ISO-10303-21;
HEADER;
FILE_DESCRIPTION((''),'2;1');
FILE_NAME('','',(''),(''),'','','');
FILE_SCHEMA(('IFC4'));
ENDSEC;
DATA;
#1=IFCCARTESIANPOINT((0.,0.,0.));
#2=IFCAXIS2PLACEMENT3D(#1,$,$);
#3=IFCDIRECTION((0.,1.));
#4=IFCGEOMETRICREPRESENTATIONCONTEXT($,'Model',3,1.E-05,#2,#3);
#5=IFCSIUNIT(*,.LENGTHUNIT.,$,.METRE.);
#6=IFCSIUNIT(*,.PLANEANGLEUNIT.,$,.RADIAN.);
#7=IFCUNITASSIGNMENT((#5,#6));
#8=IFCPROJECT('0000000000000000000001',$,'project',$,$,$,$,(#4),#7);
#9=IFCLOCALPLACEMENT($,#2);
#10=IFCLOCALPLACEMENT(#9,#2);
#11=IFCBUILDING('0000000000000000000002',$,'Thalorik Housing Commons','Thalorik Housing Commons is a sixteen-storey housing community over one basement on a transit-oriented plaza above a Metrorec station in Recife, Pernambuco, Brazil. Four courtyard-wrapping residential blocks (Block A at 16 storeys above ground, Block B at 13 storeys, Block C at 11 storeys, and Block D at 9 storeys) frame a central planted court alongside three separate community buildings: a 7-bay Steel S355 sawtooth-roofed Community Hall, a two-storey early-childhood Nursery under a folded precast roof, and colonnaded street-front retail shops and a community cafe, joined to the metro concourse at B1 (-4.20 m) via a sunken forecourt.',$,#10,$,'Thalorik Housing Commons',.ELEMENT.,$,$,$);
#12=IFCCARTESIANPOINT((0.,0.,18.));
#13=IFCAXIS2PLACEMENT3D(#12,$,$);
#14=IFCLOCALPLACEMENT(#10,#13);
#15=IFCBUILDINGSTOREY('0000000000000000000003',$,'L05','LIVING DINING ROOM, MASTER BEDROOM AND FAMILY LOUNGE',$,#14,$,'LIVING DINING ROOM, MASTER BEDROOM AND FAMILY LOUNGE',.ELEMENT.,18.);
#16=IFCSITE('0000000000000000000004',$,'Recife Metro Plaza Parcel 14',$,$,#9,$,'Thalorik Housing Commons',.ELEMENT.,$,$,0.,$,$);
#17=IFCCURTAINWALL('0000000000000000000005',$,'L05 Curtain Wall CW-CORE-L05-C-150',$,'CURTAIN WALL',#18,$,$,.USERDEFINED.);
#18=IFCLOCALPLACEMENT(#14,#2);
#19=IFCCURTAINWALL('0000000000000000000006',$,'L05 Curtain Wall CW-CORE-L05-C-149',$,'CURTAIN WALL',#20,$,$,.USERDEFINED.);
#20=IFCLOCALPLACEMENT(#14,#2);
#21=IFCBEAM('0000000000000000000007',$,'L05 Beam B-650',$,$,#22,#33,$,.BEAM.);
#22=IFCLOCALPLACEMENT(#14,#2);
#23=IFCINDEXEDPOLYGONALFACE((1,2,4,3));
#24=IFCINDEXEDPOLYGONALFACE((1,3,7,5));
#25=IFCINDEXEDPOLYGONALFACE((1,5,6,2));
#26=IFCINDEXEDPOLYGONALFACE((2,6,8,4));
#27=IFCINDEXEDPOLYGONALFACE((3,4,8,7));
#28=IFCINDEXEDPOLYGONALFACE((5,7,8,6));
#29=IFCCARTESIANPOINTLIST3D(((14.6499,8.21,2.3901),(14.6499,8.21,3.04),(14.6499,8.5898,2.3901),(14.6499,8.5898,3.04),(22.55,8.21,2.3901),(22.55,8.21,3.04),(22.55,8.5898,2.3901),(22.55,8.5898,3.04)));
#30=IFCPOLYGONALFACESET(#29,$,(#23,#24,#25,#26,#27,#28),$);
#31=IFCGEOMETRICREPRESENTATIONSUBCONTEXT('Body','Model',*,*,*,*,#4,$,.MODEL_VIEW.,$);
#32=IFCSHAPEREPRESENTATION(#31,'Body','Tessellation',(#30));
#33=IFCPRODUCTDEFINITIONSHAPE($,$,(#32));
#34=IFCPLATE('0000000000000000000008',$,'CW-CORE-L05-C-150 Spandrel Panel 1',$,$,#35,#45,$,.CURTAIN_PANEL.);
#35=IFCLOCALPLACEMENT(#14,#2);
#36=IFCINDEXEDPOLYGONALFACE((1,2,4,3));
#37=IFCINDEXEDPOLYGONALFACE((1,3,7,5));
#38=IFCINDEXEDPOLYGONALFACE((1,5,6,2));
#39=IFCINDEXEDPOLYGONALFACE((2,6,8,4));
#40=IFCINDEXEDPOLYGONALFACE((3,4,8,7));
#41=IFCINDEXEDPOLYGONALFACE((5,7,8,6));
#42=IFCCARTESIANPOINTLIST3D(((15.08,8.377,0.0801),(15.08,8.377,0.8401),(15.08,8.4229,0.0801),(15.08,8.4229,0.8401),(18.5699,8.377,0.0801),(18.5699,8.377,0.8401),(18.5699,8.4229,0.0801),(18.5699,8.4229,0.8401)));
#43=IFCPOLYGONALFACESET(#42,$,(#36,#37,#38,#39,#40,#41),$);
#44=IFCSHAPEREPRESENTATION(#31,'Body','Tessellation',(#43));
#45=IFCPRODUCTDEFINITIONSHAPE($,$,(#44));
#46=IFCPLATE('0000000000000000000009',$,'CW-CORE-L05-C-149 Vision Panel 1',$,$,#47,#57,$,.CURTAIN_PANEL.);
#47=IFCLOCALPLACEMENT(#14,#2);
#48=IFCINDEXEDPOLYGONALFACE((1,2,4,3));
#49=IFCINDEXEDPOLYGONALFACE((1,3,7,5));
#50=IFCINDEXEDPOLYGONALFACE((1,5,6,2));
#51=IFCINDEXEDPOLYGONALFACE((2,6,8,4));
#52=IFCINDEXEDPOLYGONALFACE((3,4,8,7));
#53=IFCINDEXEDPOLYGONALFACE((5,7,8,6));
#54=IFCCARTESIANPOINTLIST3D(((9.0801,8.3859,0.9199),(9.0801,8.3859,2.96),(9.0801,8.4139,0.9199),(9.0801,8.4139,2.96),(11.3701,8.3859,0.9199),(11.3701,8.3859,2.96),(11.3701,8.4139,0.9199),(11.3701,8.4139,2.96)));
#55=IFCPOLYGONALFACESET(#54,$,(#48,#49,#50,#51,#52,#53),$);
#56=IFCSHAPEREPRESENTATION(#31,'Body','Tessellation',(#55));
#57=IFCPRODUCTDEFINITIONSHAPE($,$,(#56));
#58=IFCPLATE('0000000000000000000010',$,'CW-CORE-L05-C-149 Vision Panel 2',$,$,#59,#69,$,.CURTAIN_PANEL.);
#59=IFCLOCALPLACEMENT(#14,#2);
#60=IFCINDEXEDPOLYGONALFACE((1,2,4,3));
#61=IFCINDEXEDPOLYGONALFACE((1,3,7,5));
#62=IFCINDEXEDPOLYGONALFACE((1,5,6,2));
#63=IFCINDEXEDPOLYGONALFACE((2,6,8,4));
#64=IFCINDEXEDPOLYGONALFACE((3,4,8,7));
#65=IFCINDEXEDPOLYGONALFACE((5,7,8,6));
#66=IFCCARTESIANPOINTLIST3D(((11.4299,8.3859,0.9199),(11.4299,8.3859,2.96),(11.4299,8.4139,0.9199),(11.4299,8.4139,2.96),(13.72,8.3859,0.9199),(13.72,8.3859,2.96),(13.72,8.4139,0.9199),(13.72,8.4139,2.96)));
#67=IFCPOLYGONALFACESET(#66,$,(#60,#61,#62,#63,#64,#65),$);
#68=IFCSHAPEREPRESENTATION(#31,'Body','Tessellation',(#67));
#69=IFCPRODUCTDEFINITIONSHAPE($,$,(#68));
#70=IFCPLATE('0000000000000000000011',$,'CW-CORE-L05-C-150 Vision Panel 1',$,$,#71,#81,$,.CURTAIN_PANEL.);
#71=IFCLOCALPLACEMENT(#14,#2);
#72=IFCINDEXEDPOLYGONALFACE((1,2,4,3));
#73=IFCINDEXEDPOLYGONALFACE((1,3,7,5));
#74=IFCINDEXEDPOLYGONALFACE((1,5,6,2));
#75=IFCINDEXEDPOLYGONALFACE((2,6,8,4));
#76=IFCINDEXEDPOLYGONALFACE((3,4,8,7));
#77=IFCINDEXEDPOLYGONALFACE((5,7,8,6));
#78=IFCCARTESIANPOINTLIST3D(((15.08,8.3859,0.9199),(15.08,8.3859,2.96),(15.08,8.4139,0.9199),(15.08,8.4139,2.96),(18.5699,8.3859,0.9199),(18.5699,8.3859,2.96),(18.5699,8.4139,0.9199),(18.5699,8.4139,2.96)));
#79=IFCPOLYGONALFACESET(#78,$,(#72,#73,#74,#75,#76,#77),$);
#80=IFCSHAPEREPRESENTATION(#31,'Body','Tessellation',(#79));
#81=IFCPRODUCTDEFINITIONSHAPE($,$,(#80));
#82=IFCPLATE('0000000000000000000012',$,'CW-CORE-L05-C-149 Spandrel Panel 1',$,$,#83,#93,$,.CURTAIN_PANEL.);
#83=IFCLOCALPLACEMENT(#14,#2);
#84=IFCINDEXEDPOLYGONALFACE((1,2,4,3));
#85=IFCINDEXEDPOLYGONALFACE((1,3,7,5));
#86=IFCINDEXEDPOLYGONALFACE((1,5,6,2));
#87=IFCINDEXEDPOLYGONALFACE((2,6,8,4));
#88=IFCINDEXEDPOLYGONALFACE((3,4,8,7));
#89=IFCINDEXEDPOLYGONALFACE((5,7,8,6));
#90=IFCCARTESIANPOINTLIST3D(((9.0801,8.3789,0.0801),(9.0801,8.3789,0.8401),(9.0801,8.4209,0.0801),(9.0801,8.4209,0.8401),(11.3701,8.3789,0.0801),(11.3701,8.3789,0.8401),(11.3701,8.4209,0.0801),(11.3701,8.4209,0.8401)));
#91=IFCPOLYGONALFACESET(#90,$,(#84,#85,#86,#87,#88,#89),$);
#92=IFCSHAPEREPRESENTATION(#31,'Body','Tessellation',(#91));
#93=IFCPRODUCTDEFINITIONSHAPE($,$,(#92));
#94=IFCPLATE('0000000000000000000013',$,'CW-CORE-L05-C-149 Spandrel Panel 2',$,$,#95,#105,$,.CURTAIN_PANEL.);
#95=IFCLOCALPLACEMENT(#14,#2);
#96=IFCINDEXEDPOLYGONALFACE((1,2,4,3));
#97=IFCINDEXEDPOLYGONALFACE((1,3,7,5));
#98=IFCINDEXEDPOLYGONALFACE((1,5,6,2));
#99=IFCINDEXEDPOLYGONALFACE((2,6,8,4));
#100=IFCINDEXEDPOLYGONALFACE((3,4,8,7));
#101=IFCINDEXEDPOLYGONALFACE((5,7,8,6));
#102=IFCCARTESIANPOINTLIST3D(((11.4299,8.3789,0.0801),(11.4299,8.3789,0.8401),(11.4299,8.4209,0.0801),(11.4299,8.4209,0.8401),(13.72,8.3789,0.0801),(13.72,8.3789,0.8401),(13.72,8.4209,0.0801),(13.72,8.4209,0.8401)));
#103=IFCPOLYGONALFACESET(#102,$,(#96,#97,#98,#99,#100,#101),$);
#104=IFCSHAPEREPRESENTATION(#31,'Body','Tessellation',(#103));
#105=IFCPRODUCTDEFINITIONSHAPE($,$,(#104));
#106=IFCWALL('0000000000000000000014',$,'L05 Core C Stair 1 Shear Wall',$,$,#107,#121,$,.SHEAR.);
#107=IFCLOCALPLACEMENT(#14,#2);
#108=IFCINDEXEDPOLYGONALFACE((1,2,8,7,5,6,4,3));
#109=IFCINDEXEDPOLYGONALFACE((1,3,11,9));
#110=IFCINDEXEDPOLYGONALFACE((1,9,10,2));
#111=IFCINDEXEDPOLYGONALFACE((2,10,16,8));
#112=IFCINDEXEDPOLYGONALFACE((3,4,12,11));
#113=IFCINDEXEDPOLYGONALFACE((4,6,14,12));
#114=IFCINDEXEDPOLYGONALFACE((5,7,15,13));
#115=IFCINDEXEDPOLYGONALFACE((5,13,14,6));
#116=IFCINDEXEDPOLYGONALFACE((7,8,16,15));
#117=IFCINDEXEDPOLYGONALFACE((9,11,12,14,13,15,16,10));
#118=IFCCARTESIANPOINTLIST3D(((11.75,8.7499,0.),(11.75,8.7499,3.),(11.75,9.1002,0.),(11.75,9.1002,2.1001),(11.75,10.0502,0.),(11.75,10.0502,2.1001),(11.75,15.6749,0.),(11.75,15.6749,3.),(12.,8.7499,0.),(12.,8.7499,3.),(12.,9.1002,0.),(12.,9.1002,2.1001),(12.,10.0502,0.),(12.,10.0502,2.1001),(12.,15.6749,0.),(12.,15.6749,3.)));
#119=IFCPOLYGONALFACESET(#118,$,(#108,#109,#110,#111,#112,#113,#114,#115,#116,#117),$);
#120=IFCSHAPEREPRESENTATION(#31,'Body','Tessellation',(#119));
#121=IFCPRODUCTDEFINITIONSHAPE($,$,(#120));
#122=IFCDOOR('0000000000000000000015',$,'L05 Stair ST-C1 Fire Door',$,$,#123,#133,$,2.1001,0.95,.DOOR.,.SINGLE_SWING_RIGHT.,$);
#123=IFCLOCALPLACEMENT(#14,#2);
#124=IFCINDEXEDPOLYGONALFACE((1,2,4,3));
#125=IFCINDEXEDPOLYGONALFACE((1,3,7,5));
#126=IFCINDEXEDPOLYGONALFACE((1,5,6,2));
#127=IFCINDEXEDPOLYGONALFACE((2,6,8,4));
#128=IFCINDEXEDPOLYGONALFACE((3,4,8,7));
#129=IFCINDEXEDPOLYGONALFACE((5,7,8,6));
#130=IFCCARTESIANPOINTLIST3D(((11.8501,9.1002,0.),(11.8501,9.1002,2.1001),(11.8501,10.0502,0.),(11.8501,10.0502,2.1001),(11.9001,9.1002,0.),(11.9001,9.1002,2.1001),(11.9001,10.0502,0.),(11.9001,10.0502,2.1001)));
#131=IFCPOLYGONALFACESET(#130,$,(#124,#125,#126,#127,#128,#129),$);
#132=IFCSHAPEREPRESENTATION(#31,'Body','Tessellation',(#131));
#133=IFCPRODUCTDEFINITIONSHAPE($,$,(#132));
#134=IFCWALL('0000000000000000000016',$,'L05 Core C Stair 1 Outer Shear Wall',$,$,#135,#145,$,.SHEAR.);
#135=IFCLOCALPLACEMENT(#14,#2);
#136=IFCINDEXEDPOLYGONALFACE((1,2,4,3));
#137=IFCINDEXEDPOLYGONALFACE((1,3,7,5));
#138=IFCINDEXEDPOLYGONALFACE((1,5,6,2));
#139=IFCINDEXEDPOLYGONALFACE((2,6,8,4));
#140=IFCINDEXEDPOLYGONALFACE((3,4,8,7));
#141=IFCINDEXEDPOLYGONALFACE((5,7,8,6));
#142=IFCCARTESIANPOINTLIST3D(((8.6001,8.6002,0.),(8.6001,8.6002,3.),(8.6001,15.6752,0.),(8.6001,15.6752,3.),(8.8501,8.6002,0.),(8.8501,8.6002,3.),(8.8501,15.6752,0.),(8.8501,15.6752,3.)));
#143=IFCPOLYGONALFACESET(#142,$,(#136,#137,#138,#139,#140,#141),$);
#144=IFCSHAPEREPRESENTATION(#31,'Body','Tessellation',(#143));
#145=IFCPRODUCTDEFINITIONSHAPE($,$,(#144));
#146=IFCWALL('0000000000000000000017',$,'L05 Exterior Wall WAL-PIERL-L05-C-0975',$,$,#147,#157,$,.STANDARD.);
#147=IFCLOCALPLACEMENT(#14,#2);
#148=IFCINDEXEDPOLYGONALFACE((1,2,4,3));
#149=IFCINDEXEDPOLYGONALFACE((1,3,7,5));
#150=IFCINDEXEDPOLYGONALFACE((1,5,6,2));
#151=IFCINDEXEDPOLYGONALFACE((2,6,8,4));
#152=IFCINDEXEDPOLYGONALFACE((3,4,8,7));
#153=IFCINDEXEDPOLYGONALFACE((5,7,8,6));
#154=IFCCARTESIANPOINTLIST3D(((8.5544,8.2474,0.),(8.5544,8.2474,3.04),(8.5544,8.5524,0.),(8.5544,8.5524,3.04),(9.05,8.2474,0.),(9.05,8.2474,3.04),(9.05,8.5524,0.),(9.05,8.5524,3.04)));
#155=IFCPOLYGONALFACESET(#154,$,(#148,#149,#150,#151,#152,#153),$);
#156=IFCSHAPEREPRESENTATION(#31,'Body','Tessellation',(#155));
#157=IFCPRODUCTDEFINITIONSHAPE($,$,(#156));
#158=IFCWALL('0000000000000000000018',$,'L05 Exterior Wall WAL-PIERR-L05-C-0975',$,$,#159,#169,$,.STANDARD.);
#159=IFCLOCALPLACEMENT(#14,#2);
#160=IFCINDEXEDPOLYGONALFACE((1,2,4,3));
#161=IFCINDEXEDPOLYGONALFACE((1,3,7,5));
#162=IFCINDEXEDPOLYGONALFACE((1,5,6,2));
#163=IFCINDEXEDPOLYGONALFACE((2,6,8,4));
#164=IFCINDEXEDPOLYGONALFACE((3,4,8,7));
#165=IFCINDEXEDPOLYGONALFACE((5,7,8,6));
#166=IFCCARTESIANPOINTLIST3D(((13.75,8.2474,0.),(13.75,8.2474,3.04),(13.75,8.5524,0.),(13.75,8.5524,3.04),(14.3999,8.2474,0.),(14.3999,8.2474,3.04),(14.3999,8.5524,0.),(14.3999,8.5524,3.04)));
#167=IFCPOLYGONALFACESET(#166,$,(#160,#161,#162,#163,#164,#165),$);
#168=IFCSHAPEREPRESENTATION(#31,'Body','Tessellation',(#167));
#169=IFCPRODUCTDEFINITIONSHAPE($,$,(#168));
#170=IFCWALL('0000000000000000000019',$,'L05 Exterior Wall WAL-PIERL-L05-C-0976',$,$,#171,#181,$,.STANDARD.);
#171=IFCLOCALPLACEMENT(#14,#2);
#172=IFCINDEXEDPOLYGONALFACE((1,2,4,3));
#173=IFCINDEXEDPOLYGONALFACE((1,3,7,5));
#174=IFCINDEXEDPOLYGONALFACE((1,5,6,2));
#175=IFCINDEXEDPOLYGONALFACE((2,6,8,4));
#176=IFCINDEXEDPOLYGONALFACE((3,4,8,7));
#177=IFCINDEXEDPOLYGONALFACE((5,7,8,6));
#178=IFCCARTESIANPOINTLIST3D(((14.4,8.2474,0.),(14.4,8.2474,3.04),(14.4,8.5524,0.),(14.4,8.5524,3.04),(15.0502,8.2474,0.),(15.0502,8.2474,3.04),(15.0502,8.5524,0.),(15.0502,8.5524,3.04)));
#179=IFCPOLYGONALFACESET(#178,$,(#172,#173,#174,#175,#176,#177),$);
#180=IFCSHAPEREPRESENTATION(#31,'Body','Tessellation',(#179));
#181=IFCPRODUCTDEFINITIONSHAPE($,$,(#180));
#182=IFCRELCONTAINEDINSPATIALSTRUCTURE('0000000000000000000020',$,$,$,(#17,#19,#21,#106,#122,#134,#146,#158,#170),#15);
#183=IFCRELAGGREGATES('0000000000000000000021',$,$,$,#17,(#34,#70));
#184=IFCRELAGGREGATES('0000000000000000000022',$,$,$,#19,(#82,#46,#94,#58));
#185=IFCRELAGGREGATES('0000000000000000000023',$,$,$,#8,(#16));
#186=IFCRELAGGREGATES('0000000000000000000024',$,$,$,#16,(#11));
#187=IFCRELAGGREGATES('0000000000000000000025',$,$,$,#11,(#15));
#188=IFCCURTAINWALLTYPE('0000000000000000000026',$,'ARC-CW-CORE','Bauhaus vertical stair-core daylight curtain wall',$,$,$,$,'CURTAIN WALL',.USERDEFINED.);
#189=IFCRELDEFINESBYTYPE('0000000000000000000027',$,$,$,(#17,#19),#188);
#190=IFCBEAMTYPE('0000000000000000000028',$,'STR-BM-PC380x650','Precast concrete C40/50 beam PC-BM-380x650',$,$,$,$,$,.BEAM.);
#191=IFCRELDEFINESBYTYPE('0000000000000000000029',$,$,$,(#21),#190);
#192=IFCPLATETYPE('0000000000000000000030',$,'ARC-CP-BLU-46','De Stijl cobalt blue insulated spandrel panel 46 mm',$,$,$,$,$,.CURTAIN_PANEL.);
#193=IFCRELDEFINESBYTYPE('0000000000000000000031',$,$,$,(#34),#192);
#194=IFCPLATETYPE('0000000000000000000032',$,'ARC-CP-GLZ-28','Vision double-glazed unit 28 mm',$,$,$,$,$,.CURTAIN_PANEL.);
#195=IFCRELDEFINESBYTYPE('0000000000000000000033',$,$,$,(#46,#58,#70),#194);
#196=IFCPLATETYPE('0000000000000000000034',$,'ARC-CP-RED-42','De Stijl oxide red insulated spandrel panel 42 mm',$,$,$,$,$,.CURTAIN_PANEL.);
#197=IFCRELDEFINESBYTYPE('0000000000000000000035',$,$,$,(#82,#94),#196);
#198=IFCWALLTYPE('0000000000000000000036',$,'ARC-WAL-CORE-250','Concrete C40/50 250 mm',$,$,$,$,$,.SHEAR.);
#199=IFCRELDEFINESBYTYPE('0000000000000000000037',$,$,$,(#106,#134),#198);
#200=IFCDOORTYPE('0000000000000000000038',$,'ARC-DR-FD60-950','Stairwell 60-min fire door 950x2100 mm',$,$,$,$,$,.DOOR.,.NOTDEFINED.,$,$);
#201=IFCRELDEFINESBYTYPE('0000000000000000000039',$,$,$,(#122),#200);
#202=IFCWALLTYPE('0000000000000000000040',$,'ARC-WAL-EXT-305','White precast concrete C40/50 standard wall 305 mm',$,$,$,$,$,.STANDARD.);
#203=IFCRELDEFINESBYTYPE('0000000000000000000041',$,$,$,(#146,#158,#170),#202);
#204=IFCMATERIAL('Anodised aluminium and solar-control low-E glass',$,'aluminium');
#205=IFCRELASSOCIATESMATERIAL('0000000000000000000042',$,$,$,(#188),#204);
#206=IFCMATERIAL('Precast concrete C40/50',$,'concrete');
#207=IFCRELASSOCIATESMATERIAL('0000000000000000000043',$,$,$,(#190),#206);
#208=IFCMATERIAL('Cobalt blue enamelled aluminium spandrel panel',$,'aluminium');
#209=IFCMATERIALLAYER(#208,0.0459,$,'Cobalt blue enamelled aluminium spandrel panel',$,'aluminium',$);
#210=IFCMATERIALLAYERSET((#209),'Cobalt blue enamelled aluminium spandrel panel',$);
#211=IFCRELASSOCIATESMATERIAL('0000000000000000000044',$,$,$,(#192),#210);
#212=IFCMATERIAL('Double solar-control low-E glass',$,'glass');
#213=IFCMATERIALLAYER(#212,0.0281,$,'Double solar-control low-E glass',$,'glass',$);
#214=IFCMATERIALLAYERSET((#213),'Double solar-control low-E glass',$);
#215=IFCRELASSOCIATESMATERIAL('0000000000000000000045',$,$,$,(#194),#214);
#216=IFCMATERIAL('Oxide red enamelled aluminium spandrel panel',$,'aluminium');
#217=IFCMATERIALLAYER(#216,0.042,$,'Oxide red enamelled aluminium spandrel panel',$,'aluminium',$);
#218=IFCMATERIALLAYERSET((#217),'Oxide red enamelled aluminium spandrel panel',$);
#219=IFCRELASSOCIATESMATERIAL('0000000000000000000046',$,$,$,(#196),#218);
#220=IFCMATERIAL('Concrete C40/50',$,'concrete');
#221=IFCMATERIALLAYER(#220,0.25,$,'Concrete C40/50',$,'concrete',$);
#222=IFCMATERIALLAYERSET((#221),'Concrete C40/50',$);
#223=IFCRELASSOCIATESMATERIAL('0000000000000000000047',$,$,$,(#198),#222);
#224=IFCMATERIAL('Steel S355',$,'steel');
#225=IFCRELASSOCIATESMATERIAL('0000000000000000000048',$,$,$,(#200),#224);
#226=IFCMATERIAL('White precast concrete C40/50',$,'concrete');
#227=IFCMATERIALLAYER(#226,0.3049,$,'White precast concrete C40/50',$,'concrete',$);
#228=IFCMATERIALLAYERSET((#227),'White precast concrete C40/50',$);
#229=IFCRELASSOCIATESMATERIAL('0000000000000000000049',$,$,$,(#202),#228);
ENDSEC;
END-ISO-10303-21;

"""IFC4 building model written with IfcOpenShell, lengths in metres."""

from ifc_helpers import new_model, si_unit, direction, frame, frame_2d, origin, origin_2d, place, context, subcontext, project, spatial, rectangle, extrude, material, layer, layer_set, material_profile, profile_set, type_object, element, fill, aggregate, save


model = new_model("IFC4")

# Units and contexts
model_context = context("Model", 3, precision=1e-05, world=origin(), true_north=direction((0.0, 1.0)))
body_context = subcontext(model_context, "Body", "Model", "MODEL_VIEW")
ifc_project = project(units=[si_unit("LENGTHUNIT", "METRE"), si_unit("PLANEANGLEUNIT", "RADIAN")], contexts=[model_context])

# Site, building, storey
site_placement = place(None, origin())
site = spatial("IfcSite", under=ifc_project, at=site_placement, Name="Recife Metro Plaza Parcel 14", LongName="Thalorik Housing Commons", CompositionType="ELEMENT", RefElevation=0.0)
building_placement = place(site_placement, origin())
building = spatial("IfcBuilding", under=site, at=building_placement, Name="Thalorik Housing Commons", Description="Thalorik Housing Commons is a sixteen-storey housing community over one basement on a transit-oriented plaza above a Metrorec station in Recife, Pernambuco, Brazil. Four courtyard-wrapping residential blocks (Block A at 16 storeys above ground, Block B at 13 storeys, Block C at 11 storeys, and Block D at 9 storeys) frame a central planted court alongside three separate community buildings: a 7-bay Steel S355 sawtooth-roofed Community Hall, a two-storey early-childhood Nursery under a folded precast roof, and colonnaded street-front retail shops and a community cafe, joined to the metro concourse at B1 (-4.20 m) via a sunken forecourt.", LongName="Thalorik Housing Commons", CompositionType="ELEMENT")
storey_placement = place(building_placement, frame((0.0, 0.0, 18.0)))
storey = spatial("IfcBuildingStorey", under=building, at=storey_placement, Name="L05", Description="LIVING DINING ROOM, MASTER BEDROOM AND FAMILY LOUNGE", LongName="LIVING DINING ROOM, MASTER BEDROOM AND FAMILY LOUNGE", CompositionType="ELEMENT", Elevation=18.0)

# Shared definitions
ifc_material_1 = material(Name="Precast concrete C40/50", Category="concrete")

# Curtain wall
ifc_material_2 = material(Name="Anodised aluminium and solar-control low-E glass", Category="aluminium")
curtain_wall_type = type_object("IfcCurtainWallType", Name="ARC-CW-CORE", Description="Bauhaus vertical stair-core daylight curtain wall", ElementType="CURTAIN WALL", PredefinedType="USERDEFINED", material=ifc_material_2)
curtain_wall_1_placement = place(storey_placement, origin())
curtain_wall_1 = element("IfcCurtainWall", 1, at=curtain_wall_1_placement, inside=storey, type_object=curtain_wall_type, Name="L05 Curtain Wall CW-CORE-L05-C-150", ObjectType="CURTAIN WALL", PredefinedType="USERDEFINED")

# Curtain wall
curtain_wall_2_placement = place(storey_placement, origin())
curtain_wall_2 = element("IfcCurtainWall", 2, at=curtain_wall_2_placement, inside=storey, type_object=curtain_wall_type, Name="L05 Curtain Wall CW-CORE-L05-C-149", ObjectType="CURTAIN WALL", PredefinedType="USERDEFINED")

# Beam
ifc_material_profile_1 = material_profile(ifc_material_1, rectangle(XDim=0.3799, YDim=0.6499, at=origin_2d()), Name="PC 380x650", Category="concrete")
ifc_profile_set_1 = profile_set([ifc_material_profile_1], Name="Precast concrete C40/50")
beam_type_1 = type_object("IfcBeamType", Name="STR-BM-PC380x650", Description="Precast concrete C40/50 beam PC-BM-380x650", PredefinedType="BEAM", material=ifc_profile_set_1)
beam_1_placement = place(storey_placement, frame((14.6499, 8.3999, 2.7151), z_axis=(1.0, 0.0, 0.0), x_axis=(0.0, 1.0, 0.0)))
element("IfcBeam", 3, at=beam_1_placement, inside=storey, type_object=beam_type_1, Name="L05 Beam B-650", PredefinedType="BEAM", context=body_context, shape_type="SweptSolid", body=[
    extrude(rectangle(XDim=0.3799, YDim=0.6499, at=origin_2d()), origin(), (0.0, 0.0, 1.0), 7.9001),
])

# Plates
ifc_material_3 = material(Name="Cobalt blue enamelled aluminium spandrel panel", Category="aluminium")
ifc_layer_1 = layer(ifc_material_3, 0.0459, Name="Cobalt blue enamelled aluminium spandrel panel", Category="aluminium")
ifc_layer_set_1 = layer_set([ifc_layer_1], Name="Cobalt blue enamelled aluminium spandrel panel")
plate_type_1 = type_object("IfcPlateType", Name="ARC-CP-BLU-46", Description="De Stijl cobalt blue insulated spandrel panel 46 mm", PredefinedType="CURTAIN_PANEL", material=ifc_layer_set_1)
plate_1_placement = place(storey_placement, frame((16.825, 8.3999, 0.0801), z_axis=(0.0, 0.0, 1.0), x_axis=(1.0, 0.0, 0.0)))
plate_1 = element("IfcPlate", 4, at=plate_1_placement, type_object=plate_type_1, Name="CW-CORE-L05-C-150 Spandrel Panel 1", PredefinedType="CURTAIN_PANEL", context=body_context, shape_type="SweptSolid", body=[
    extrude(rectangle(XDim=3.49, YDim=0.0459, at=origin_2d()), origin(), (0.0, 0.0, 1.0), 0.76),
])
ifc_material_4 = material(Name="Double solar-control low-E glass", Category="glass")
ifc_layer_2 = layer(ifc_material_4, 0.0281, Name="Double solar-control low-E glass", Category="glass")
ifc_layer_set_2 = layer_set([ifc_layer_2], Name="Double solar-control low-E glass")
plate_type_2 = type_object("IfcPlateType", Name="ARC-CP-GLZ-28", Description="Vision double-glazed unit 28 mm", PredefinedType="CURTAIN_PANEL", material=ifc_layer_set_2)
plate_2_placement = place(storey_placement, frame((10.2251, 8.3999, 0.9199), z_axis=(0.0, 0.0, 1.0), x_axis=(1.0, 0.0, 0.0)))
plate_2 = element("IfcPlate", 5, at=plate_2_placement, type_object=plate_type_2, Name="CW-CORE-L05-C-149 Vision Panel 1", PredefinedType="CURTAIN_PANEL", context=body_context, shape_type="SweptSolid", body=[
    extrude(rectangle(XDim=2.29, YDim=0.0281, at=origin_2d()), origin(), (0.0, 0.0, 1.0), 2.04),
])
plate_3_placement = place(storey_placement, frame((12.575, 8.3999, 0.9199), z_axis=(0.0, 0.0, 1.0), x_axis=(1.0, 0.0, 0.0)))
plate_3 = element("IfcPlate", 6, at=plate_3_placement, type_object=plate_type_2, Name="CW-CORE-L05-C-149 Vision Panel 2", PredefinedType="CURTAIN_PANEL", context=body_context, shape_type="SweptSolid", body=[
    extrude(rectangle(XDim=2.29, YDim=0.0281, at=origin_2d()), origin(), (0.0, 0.0, 1.0), 2.04),
])
plate_4_placement = place(storey_placement, frame((16.825, 8.3999, 0.9199), z_axis=(0.0, 0.0, 1.0), x_axis=(1.0, 0.0, 0.0)))
plate_4 = element("IfcPlate", 7, at=plate_4_placement, type_object=plate_type_2, Name="CW-CORE-L05-C-150 Vision Panel 1", PredefinedType="CURTAIN_PANEL", context=body_context, shape_type="SweptSolid", body=[
    extrude(rectangle(XDim=3.49, YDim=0.0281, at=origin_2d()), origin(), (0.0, 0.0, 1.0), 2.04),
])
aggregate(curtain_wall_1, [plate_1, plate_4])
ifc_material_5 = material(Name="Oxide red enamelled aluminium spandrel panel", Category="aluminium")
ifc_layer_3 = layer(ifc_material_5, 0.042, Name="Oxide red enamelled aluminium spandrel panel", Category="aluminium")
ifc_layer_set_3 = layer_set([ifc_layer_3], Name="Oxide red enamelled aluminium spandrel panel")
plate_type_3 = type_object("IfcPlateType", Name="ARC-CP-RED-42", Description="De Stijl oxide red insulated spandrel panel 42 mm", PredefinedType="CURTAIN_PANEL", material=ifc_layer_set_3)
plate_5_placement = place(storey_placement, frame((10.2251, 8.3999, 0.0801), z_axis=(0.0, 0.0, 1.0), x_axis=(1.0, 0.0, 0.0)))
plate_5 = element("IfcPlate", 8, at=plate_5_placement, type_object=plate_type_3, Name="CW-CORE-L05-C-149 Spandrel Panel 1", PredefinedType="CURTAIN_PANEL", context=body_context, shape_type="SweptSolid", body=[
    extrude(rectangle(XDim=2.29, YDim=0.042, at=origin_2d()), origin(), (0.0, 0.0, 1.0), 0.76),
])
plate_6_placement = place(storey_placement, frame((12.575, 8.3999, 0.0801), z_axis=(0.0, 0.0, 1.0), x_axis=(1.0, 0.0, 0.0)))
plate_6 = element("IfcPlate", 9, at=plate_6_placement, type_object=plate_type_3, Name="CW-CORE-L05-C-149 Spandrel Panel 2", PredefinedType="CURTAIN_PANEL", context=body_context, shape_type="SweptSolid", body=[
    extrude(rectangle(XDim=2.29, YDim=0.042, at=origin_2d()), origin(), (0.0, 0.0, 1.0), 0.76),
])
aggregate(curtain_wall_2, [plate_5, plate_2, plate_6, plate_3])

# Wall, opening, door
ifc_material_6 = material(Name="Concrete C40/50", Category="concrete")
ifc_layer_4 = layer(ifc_material_6, 0.25, Name="Concrete C40/50", Category="concrete")
ifc_layer_set_4 = layer_set([ifc_layer_4], Name="Concrete C40/50")
wall_type_1 = type_object("IfcWallType", Name="ARC-WAL-CORE-250", Description="Concrete C40/50 250 mm", PredefinedType="SHEAR", material=ifc_layer_set_4)
wall_1_placement = place(storey_placement, frame((11.875, 8.75, 0.0), z_axis=(0.0, 0.0, 1.0), x_axis=(0.0, 1.0, 0.0)))
wall_1 = element("IfcWall", 10, at=wall_1_placement, inside=storey, type_object=wall_type_1, Name="L05 Core C Stair 1 Shear Wall", PredefinedType="SHEAR", context=body_context, shape_type="SweptSolid", body=[
    extrude(rectangle(XDim=6.925, YDim=0.25, at=frame_2d((3.4624, 0.0))), origin(), (0.0, 0.0, 1.0), 3.0),
])
opening_placement = place(wall_1_placement, frame((0.3501, 0.0, 0.0)))
opening = element("IfcOpeningElement", 11, at=opening_placement, cuts=wall_1, PredefinedType="OPENING", context=body_context, shape_type="SweptSolid", body=[
    extrude(rectangle(XDim=0.95, YDim=2.1001, at=frame_2d((0.4751, 1.05))), frame((0.0, 0.135, 0.0), z_axis=(0.0, -1.0, 0.0), x_axis=(1.0, 0.0, 0.0)), (0.0, 0.0, 1.0), 0.27),
])
ifc_material_7 = material(Name="Steel S355", Category="steel")
door_type = type_object("IfcDoorType", Name="ARC-DR-FD60-950", Description="Stairwell 60-min fire door 950x2100 mm", OperationType="NOTDEFINED", PredefinedType="DOOR", material=ifc_material_7)
door_placement = place(opening_placement, origin())
door = element("IfcDoor", 12, at=door_placement, inside=storey, type_object=door_type, Name="L05 Stair ST-C1 Fire Door", OperationType="SINGLE_SWING_RIGHT", OverallHeight=2.1001, OverallWidth=0.95, PredefinedType="DOOR", context=body_context, shape_type="SweptSolid", body=[
    extrude(rectangle(XDim=0.95, YDim=2.1001, at=frame_2d((0.4751, 1.05))), frame((0.0, 0.0249, 0.0), z_axis=(0.0, -1.0, 0.0), x_axis=(1.0, 0.0, 0.0)), (0.0, 0.0, 1.0), 0.05),
])
fill(opening, door)

# Walls
wall_2_placement = place(storey_placement, frame((8.7251, 8.6001, 0.0), z_axis=(0.0, 0.0, 1.0), x_axis=(0.0, 1.0, 0.0)))
element("IfcWall", 13, at=wall_2_placement, inside=storey, type_object=wall_type_1, Name="L05 Core C Stair 1 Outer Shear Wall", PredefinedType="SHEAR", context=body_context, shape_type="SweptSolid", body=[
    extrude(rectangle(XDim=7.075, YDim=0.25, at=frame_2d((3.5376, 0.0))), origin(), (0.0, 0.0, 1.0), 3.0),
])
ifc_material_8 = material(Name="White precast concrete C40/50", Category="concrete")
ifc_layer_5 = layer(ifc_material_8, 0.3049, Name="White precast concrete C40/50", Category="concrete")
ifc_layer_set_5 = layer_set([ifc_layer_5], Name="White precast concrete C40/50")
wall_type_2 = type_object("IfcWallType", Name="ARC-WAL-EXT-305", Description="White precast concrete C40/50 standard wall 305 mm", PredefinedType="STANDARD", material=ifc_layer_set_5)
wall_3_placement = place(storey_placement, frame((8.5544, 8.3999, 0.0), z_axis=(0.0, 0.0, 1.0), x_axis=(1.0, 0.0, 0.0)))
element("IfcWall", 14, at=wall_3_placement, inside=storey, type_object=wall_type_2, Name="L05 Exterior Wall WAL-PIERL-L05-C-0975", PredefinedType="STANDARD", context=body_context, shape_type="SweptSolid", body=[
    extrude(rectangle(XDim=0.4956, YDim=0.3049, at=frame_2d((0.2478, 0.0))), origin(), (0.0, 0.0, 1.0), 3.04),
])
wall_4_placement = place(storey_placement, frame((13.75, 8.3999, 0.0), z_axis=(0.0, 0.0, 1.0), x_axis=(1.0, 0.0, 0.0)))
element("IfcWall", 15, at=wall_4_placement, inside=storey, type_object=wall_type_2, Name="L05 Exterior Wall WAL-PIERR-L05-C-0975", PredefinedType="STANDARD", context=body_context, shape_type="SweptSolid", body=[
    extrude(rectangle(XDim=0.6499, YDim=0.3049, at=frame_2d((0.325, 0.0))), origin(), (0.0, 0.0, 1.0), 3.04),
])
wall_5_placement = place(storey_placement, frame((14.3999, 8.3999, 0.0), z_axis=(0.0, 0.0, 1.0), x_axis=(1.0, 0.0, 0.0)))
element("IfcWall", 16, at=wall_5_placement, inside=storey, type_object=wall_type_2, Name="L05 Exterior Wall WAL-PIERL-L05-C-0976", PredefinedType="STANDARD", context=body_context, shape_type="SweptSolid", body=[
    extrude(rectangle(XDim=0.6501, YDim=0.3049, at=frame_2d((0.3252, 0.0))), origin(), (0.0, 0.0, 1.0), 3.04),
])

save(model, "model.ifc")
